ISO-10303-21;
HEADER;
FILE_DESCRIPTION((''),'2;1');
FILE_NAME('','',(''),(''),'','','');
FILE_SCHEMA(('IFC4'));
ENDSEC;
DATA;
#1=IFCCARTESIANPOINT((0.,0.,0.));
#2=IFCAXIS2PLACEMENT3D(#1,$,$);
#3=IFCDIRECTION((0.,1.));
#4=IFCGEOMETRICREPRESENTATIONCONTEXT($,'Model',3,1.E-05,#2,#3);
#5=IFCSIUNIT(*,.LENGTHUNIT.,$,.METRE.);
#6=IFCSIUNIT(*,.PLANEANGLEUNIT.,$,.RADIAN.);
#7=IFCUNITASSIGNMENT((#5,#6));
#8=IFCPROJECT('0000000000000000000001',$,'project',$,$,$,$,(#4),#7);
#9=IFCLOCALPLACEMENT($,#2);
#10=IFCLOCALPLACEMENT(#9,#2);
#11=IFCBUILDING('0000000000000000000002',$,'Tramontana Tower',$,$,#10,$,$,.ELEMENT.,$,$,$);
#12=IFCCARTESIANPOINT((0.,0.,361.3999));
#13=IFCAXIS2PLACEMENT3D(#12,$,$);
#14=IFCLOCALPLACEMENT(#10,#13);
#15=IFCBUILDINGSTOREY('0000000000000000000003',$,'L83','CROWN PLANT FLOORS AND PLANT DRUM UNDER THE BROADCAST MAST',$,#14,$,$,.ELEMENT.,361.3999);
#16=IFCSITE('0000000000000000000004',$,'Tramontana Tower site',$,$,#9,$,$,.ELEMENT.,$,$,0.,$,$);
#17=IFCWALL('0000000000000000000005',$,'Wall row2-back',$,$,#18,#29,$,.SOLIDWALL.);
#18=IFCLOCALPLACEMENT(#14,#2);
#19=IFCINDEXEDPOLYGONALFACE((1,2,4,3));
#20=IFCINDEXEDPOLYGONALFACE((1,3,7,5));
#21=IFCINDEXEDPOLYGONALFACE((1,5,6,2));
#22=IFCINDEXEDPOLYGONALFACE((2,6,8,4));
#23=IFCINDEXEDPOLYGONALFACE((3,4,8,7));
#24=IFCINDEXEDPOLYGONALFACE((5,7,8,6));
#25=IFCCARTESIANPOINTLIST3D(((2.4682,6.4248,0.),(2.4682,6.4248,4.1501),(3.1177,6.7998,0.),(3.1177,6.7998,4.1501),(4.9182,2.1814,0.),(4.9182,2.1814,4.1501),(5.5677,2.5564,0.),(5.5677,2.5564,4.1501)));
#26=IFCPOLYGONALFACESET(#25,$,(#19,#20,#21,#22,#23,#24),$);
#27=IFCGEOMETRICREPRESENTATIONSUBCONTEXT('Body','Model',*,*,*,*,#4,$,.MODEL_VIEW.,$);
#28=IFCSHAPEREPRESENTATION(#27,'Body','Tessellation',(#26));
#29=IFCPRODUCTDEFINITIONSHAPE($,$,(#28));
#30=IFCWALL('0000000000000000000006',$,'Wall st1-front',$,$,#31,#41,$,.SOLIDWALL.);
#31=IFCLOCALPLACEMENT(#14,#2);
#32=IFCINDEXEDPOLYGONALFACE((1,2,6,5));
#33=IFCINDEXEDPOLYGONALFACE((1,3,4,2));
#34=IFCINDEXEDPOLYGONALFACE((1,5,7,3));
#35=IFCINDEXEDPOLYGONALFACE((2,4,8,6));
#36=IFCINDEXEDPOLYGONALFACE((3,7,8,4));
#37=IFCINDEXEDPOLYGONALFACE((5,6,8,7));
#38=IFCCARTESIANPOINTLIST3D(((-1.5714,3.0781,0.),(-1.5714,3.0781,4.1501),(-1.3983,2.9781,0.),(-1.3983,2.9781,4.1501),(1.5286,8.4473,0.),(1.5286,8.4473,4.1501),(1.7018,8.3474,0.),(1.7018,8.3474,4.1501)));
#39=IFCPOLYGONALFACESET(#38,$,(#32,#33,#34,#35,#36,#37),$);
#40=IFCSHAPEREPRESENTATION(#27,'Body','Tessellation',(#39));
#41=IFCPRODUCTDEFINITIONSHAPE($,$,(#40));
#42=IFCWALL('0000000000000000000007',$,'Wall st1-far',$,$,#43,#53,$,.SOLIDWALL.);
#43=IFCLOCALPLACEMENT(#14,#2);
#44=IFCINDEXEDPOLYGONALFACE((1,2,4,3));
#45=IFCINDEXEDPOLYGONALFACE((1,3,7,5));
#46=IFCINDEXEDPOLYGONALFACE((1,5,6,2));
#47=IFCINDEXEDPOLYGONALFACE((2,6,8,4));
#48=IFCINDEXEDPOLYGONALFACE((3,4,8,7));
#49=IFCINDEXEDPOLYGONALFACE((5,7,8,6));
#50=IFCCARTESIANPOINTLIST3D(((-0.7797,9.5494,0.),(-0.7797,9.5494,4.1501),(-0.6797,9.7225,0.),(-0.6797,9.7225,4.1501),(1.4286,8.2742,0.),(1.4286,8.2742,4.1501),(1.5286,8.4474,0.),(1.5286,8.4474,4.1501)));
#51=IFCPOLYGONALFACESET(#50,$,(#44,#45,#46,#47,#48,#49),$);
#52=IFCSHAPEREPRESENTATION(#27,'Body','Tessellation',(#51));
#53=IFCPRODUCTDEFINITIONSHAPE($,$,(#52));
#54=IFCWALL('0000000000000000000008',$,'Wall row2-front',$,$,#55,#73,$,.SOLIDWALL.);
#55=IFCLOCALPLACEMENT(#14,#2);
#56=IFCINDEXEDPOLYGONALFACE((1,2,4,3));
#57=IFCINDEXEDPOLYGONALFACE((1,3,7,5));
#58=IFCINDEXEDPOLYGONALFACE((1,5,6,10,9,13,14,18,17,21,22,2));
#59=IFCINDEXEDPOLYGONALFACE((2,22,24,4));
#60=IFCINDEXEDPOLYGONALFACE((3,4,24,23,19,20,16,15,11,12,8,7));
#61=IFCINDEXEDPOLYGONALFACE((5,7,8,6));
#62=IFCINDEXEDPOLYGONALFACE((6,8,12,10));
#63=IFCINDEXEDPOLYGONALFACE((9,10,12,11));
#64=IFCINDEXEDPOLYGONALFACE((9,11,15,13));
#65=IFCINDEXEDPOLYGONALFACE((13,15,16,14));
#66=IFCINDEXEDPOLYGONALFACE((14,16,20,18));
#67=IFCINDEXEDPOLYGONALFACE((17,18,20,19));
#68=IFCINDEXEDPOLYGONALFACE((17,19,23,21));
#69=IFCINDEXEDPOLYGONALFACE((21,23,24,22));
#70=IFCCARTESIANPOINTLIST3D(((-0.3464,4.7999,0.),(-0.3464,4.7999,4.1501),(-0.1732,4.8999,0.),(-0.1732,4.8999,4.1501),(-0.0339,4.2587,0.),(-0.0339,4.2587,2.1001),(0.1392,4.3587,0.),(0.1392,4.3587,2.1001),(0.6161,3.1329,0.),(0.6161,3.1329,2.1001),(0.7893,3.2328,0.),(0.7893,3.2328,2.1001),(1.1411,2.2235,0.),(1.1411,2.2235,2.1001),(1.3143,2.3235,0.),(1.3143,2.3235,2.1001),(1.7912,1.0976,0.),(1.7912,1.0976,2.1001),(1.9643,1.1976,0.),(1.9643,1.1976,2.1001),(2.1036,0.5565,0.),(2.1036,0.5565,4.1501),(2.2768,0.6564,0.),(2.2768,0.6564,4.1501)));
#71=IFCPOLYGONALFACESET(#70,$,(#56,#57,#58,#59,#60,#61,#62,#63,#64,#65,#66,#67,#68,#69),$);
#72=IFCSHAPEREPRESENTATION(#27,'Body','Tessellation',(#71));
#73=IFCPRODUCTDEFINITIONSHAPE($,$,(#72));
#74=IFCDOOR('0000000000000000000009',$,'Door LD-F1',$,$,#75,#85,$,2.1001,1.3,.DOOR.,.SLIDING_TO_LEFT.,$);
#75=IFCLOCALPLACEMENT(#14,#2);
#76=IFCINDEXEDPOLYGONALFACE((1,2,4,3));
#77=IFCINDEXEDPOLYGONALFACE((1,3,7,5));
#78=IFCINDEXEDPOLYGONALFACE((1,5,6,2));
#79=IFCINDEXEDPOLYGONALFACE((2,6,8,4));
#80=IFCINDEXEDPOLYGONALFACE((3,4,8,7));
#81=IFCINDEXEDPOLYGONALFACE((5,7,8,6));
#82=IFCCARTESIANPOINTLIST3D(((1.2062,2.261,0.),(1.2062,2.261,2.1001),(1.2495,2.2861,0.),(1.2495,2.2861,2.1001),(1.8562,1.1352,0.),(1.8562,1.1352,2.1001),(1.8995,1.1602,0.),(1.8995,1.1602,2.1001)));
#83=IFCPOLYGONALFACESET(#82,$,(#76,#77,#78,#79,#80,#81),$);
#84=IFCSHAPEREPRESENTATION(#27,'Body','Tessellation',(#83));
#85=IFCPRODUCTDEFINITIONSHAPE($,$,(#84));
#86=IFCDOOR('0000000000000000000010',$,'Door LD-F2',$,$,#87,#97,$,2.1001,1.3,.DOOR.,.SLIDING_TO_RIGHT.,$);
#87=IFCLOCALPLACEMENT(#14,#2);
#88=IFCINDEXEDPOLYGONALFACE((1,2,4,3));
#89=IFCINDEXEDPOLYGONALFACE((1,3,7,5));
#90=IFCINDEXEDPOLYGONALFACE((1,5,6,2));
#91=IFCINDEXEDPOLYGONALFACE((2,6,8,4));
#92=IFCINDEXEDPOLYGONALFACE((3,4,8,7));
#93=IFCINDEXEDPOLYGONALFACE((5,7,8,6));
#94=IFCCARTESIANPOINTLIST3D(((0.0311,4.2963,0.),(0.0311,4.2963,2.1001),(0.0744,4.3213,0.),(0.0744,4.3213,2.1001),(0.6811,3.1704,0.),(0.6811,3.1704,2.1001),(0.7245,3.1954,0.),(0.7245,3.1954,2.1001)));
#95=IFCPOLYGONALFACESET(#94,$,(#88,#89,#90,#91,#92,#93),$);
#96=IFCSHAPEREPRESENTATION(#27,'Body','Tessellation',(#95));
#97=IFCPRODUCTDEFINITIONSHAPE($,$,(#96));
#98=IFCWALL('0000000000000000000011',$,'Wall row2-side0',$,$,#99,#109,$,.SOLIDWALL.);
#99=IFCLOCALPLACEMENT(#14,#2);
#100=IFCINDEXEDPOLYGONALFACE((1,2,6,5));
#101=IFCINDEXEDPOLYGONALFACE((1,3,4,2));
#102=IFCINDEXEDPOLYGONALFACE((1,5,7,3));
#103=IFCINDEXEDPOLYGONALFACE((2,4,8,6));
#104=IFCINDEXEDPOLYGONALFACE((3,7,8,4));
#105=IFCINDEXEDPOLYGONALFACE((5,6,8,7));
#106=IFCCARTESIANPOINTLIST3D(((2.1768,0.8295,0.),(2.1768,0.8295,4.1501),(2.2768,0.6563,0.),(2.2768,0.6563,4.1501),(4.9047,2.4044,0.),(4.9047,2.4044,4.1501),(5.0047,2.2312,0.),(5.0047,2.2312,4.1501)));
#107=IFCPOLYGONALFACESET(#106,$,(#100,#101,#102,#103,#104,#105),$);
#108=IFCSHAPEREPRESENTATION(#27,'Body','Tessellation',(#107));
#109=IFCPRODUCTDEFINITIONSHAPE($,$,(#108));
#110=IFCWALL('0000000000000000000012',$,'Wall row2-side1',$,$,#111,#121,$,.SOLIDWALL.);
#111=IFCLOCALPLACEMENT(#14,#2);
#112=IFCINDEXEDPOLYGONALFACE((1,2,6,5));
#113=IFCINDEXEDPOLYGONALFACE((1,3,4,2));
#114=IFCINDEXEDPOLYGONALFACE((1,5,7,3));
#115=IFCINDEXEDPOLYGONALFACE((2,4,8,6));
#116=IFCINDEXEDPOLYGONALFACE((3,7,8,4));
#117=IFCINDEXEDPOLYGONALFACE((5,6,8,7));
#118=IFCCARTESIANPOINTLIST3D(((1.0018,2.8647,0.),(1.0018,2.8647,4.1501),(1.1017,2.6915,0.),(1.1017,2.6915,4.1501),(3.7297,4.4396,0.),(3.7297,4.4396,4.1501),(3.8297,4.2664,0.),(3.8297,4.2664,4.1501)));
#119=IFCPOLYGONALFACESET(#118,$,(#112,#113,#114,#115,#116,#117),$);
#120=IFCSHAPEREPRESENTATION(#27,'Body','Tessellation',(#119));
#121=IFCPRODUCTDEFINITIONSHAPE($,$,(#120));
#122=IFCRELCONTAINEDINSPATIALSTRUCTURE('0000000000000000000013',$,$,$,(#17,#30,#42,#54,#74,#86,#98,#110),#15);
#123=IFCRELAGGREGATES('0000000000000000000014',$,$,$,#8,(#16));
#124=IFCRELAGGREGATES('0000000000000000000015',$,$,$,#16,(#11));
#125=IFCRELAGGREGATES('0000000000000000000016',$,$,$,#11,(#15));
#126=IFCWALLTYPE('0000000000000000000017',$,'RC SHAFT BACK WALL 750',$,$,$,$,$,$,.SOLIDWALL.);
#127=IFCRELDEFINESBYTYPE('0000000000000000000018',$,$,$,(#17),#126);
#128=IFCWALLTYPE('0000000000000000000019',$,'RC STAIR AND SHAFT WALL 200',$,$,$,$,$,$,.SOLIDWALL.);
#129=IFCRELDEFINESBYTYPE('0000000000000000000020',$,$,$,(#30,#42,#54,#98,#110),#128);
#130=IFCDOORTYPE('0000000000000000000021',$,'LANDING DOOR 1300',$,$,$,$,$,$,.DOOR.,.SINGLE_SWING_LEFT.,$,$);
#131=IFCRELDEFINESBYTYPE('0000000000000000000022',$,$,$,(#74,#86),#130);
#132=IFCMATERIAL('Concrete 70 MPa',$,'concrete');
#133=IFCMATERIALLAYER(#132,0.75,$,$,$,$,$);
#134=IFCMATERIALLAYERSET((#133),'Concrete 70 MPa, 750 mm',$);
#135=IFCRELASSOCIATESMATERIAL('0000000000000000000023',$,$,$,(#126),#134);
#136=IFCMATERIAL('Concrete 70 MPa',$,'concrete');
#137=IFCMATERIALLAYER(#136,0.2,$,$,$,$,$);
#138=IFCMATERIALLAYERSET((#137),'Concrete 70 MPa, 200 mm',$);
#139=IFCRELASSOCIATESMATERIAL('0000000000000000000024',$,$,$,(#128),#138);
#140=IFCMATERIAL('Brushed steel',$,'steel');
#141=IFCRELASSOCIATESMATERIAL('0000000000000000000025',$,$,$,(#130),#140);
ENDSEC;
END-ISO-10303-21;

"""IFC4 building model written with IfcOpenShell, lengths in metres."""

from ifc_helpers import new_model, si_unit, direction, frame, frame_2d, origin, place, context, subcontext, project, spatial, rectangle, extrude, material, layer, layer_set, type_object, element, fill, save


model = new_model("IFC4")

# Units and contexts
model_context = context("Model", 3, precision=1e-05, world=origin(), true_north=direction((0.0, 1.0)))
body_context = subcontext(model_context, "Body", "Model", "MODEL_VIEW")
ifc_project = project(units=[si_unit("LENGTHUNIT", "METRE"), si_unit("PLANEANGLEUNIT", "RADIAN")], contexts=[model_context])

# Site, building, storey
site_placement = place(None, origin())
site = spatial("IfcSite", under=ifc_project, at=site_placement, Name="Tramontana Tower site", CompositionType="ELEMENT", RefElevation=0.0)
building_placement = place(site_placement, origin())
building = spatial("IfcBuilding", under=site, at=building_placement, Name="Tramontana Tower", CompositionType="ELEMENT")
storey_placement = place(building_placement, frame((0.0, 0.0, 361.3999)))
storey = spatial("IfcBuildingStorey", under=building, at=storey_placement, Name="L83", Description="CROWN PLANT FLOORS AND PLANT DRUM UNDER THE BROADCAST MAST", CompositionType="ELEMENT", Elevation=361.3999)

# Walls
ifc_material_1 = material(Name="Concrete 70 MPa", Category="concrete")
ifc_layer_1 = layer(ifc_material_1, 0.75)
ifc_layer_set_1 = layer_set([ifc_layer_1], Name="Concrete 70 MPa, 750 mm")
wall_type_1 = type_object("IfcWallType", Name="RC SHAFT BACK WALL 750", PredefinedType="SOLIDWALL", material=ifc_layer_set_1)
wall_1_placement = place(storey_placement, frame((5.2429, 2.3689, 0.0), z_axis=(0.0, 0.0, 1.0), x_axis=(-0.500003, 0.866024, 0.0)))
element("IfcWall", 1, at=wall_1_placement, inside=storey, type_object=wall_type_1, Name="Wall row2-back", PredefinedType="SOLIDWALL", context=body_context, shape_type="SweptSolid", body=[
    extrude(rectangle(XDim=4.8999, YDim=0.75, at=frame_2d((2.45, 0.0))), origin(), (0.0, 0.0, 1.0), 4.1501),
])
ifc_material_2 = material(Name="Concrete 70 MPa", Category="concrete")
ifc_layer_2 = layer(ifc_material_2, 0.2)
ifc_layer_set_2 = layer_set([ifc_layer_2], Name="Concrete 70 MPa, 200 mm")
wall_type_2 = type_object("IfcWallType", Name="RC STAIR AND SHAFT WALL 200", PredefinedType="SOLIDWALL", material=ifc_layer_set_2)
wall_2_placement = place(storey_placement, frame((1.6152, 8.3975, 0.0), z_axis=(0.0, 0.0, 1.0), x_axis=(-0.50001, -0.86602, 0.0)))
element("IfcWall", 2, at=wall_2_placement, inside=storey, type_object=wall_type_2, Name="Wall st1-front", PredefinedType="SOLIDWALL", context=body_context, shape_type="SweptSolid", body=[
    extrude(rectangle(XDim=6.2, YDim=0.2, at=frame_2d((3.1001, 0.0))), origin(), (0.0, 0.0, 1.0), 4.1501),
])
wall_3_placement = place(storey_placement, frame((1.4785, 8.3608, 0.0), z_axis=(0.0, 0.0, 1.0), x_axis=(-0.865989, 0.500062, 0.0)))
element("IfcWall", 3, at=wall_3_placement, inside=storey, type_object=wall_type_2, Name="Wall st1-far", PredefinedType="SOLIDWALL", context=body_context, shape_type="SweptSolid", body=[
    extrude(rectangle(XDim=2.55, YDim=0.2, at=frame_2d((1.2749, 0.0))), origin(), (0.0, 0.0, 1.0), 4.1501),
])

# Wall, openings, doors
wall_4_placement = place(storey_placement, frame((2.1902, 0.6064, 0.0), z_axis=(0.0, 0.0, 1.0), x_axis=(-0.500003, 0.866024, 0.0)))
wall_4 = element("IfcWall", 4, at=wall_4_placement, inside=storey, type_object=wall_type_2, Name="Wall row2-front", PredefinedType="SOLIDWALL", context=body_context, shape_type="SweptSolid", body=[
    extrude(rectangle(XDim=4.8999, YDim=0.2, at=frame_2d((2.45, 0.0))), origin(), (0.0, 0.0, 1.0), 4.1501),
])
opening_1_placement = place(wall_4_placement, frame((0.625, 0.0, 0.0)))
opening_1 = element("IfcOpeningElement", 5, at=opening_1_placement, cuts=wall_4, PredefinedType="OPENING", context=body_context, shape_type="SweptSolid", body=[
    extrude(rectangle(XDim=1.3, YDim=2.1001, at=frame_2d((0.6499, 1.05))), frame((0.0, 0.1099, 0.0), z_axis=(0.0, -1.0, 0.0), x_axis=(1.0, 0.0, 0.0)), (0.0, 0.0, 1.0), 0.22),
])
opening_2_placement = place(wall_4_placement, frame((2.9751, 0.0, 0.0)))
opening_2 = element("IfcOpeningElement", 6, at=opening_2_placement, cuts=wall_4, PredefinedType="OPENING", context=body_context, shape_type="SweptSolid", body=[
    extrude(rectangle(XDim=1.3, YDim=2.1001, at=frame_2d((0.6499, 1.05))), frame((0.0, 0.1099, 0.0), z_axis=(0.0, -1.0, 0.0), x_axis=(1.0, 0.0, 0.0)), (0.0, 0.0, 1.0), 0.22),
])
ifc_material_3 = material(Name="Brushed steel", Category="steel")
door_type_1 = type_object("IfcDoorType", Name="LANDING DOOR 1300", OperationType="SINGLE_SWING_LEFT", PredefinedType="DOOR", material=ifc_material_3)
door_1_placement = place(opening_1_placement, origin())
door_1 = element("IfcDoor", 7, at=door_1_placement, inside=storey, type_object=door_type_1, Name="Door LD-F1", OperationType="SLIDING_TO_LEFT", OverallHeight=2.1001, OverallWidth=1.3, PredefinedType="DOOR", context=body_context, shape_type="SweptSolid", body=[
    extrude(rectangle(XDim=1.3, YDim=2.1001, at=frame_2d((0.6499, 1.05))), frame((0.0, 0.0249, 0.0), z_axis=(0.0, -1.0, 0.0), x_axis=(1.0, 0.0, 0.0)), (0.0, 0.0, 1.0), 0.05),
])
fill(opening_1, door_1)
door_2_placement = place(opening_2_placement, origin())
door_2 = element("IfcDoor", 8, at=door_2_placement, inside=storey, type_object=door_type_1, Name="Door LD-F2", OperationType="SLIDING_TO_RIGHT", OverallHeight=2.1001, OverallWidth=1.3, PredefinedType="DOOR", context=body_context, shape_type="SweptSolid", body=[
    extrude(rectangle(XDim=1.3, YDim=2.1001, at=frame_2d((0.6499, 1.05))), frame((0.0, 0.0249, 0.0), z_axis=(0.0, -1.0, 0.0), x_axis=(1.0, 0.0, 0.0)), (0.0, 0.0, 1.0), 0.05),
])
fill(opening_2, door_2)

# Walls
for number, where, z_axis, x_axis, name in (
    (9, (2.2268, 0.7429, 0.0), (0.0, 0.0, 1.0), (0.866036, 0.499982, 0.0), "Wall row2-side0"),
    (10, (1.0518, 2.7781, 0.0), (0.0, 0.0, 1.0), (0.866036, 0.499982, 0.0), "Wall row2-side1"),
):
    element("IfcWall", number, at=place(storey_placement, frame(where, z_axis=z_axis, x_axis=x_axis)), inside=storey, type_object=wall_type_2, Name=name, PredefinedType="SOLIDWALL", context=body_context, shape_type="SweptSolid", body=[
        extrude(rectangle(XDim=3.1499, YDim=0.2, at=frame_2d((1.575, 0.0))), origin(), (0.0, 0.0, 1.0), 4.1501),
    ])

save(model, "model.ifc")
